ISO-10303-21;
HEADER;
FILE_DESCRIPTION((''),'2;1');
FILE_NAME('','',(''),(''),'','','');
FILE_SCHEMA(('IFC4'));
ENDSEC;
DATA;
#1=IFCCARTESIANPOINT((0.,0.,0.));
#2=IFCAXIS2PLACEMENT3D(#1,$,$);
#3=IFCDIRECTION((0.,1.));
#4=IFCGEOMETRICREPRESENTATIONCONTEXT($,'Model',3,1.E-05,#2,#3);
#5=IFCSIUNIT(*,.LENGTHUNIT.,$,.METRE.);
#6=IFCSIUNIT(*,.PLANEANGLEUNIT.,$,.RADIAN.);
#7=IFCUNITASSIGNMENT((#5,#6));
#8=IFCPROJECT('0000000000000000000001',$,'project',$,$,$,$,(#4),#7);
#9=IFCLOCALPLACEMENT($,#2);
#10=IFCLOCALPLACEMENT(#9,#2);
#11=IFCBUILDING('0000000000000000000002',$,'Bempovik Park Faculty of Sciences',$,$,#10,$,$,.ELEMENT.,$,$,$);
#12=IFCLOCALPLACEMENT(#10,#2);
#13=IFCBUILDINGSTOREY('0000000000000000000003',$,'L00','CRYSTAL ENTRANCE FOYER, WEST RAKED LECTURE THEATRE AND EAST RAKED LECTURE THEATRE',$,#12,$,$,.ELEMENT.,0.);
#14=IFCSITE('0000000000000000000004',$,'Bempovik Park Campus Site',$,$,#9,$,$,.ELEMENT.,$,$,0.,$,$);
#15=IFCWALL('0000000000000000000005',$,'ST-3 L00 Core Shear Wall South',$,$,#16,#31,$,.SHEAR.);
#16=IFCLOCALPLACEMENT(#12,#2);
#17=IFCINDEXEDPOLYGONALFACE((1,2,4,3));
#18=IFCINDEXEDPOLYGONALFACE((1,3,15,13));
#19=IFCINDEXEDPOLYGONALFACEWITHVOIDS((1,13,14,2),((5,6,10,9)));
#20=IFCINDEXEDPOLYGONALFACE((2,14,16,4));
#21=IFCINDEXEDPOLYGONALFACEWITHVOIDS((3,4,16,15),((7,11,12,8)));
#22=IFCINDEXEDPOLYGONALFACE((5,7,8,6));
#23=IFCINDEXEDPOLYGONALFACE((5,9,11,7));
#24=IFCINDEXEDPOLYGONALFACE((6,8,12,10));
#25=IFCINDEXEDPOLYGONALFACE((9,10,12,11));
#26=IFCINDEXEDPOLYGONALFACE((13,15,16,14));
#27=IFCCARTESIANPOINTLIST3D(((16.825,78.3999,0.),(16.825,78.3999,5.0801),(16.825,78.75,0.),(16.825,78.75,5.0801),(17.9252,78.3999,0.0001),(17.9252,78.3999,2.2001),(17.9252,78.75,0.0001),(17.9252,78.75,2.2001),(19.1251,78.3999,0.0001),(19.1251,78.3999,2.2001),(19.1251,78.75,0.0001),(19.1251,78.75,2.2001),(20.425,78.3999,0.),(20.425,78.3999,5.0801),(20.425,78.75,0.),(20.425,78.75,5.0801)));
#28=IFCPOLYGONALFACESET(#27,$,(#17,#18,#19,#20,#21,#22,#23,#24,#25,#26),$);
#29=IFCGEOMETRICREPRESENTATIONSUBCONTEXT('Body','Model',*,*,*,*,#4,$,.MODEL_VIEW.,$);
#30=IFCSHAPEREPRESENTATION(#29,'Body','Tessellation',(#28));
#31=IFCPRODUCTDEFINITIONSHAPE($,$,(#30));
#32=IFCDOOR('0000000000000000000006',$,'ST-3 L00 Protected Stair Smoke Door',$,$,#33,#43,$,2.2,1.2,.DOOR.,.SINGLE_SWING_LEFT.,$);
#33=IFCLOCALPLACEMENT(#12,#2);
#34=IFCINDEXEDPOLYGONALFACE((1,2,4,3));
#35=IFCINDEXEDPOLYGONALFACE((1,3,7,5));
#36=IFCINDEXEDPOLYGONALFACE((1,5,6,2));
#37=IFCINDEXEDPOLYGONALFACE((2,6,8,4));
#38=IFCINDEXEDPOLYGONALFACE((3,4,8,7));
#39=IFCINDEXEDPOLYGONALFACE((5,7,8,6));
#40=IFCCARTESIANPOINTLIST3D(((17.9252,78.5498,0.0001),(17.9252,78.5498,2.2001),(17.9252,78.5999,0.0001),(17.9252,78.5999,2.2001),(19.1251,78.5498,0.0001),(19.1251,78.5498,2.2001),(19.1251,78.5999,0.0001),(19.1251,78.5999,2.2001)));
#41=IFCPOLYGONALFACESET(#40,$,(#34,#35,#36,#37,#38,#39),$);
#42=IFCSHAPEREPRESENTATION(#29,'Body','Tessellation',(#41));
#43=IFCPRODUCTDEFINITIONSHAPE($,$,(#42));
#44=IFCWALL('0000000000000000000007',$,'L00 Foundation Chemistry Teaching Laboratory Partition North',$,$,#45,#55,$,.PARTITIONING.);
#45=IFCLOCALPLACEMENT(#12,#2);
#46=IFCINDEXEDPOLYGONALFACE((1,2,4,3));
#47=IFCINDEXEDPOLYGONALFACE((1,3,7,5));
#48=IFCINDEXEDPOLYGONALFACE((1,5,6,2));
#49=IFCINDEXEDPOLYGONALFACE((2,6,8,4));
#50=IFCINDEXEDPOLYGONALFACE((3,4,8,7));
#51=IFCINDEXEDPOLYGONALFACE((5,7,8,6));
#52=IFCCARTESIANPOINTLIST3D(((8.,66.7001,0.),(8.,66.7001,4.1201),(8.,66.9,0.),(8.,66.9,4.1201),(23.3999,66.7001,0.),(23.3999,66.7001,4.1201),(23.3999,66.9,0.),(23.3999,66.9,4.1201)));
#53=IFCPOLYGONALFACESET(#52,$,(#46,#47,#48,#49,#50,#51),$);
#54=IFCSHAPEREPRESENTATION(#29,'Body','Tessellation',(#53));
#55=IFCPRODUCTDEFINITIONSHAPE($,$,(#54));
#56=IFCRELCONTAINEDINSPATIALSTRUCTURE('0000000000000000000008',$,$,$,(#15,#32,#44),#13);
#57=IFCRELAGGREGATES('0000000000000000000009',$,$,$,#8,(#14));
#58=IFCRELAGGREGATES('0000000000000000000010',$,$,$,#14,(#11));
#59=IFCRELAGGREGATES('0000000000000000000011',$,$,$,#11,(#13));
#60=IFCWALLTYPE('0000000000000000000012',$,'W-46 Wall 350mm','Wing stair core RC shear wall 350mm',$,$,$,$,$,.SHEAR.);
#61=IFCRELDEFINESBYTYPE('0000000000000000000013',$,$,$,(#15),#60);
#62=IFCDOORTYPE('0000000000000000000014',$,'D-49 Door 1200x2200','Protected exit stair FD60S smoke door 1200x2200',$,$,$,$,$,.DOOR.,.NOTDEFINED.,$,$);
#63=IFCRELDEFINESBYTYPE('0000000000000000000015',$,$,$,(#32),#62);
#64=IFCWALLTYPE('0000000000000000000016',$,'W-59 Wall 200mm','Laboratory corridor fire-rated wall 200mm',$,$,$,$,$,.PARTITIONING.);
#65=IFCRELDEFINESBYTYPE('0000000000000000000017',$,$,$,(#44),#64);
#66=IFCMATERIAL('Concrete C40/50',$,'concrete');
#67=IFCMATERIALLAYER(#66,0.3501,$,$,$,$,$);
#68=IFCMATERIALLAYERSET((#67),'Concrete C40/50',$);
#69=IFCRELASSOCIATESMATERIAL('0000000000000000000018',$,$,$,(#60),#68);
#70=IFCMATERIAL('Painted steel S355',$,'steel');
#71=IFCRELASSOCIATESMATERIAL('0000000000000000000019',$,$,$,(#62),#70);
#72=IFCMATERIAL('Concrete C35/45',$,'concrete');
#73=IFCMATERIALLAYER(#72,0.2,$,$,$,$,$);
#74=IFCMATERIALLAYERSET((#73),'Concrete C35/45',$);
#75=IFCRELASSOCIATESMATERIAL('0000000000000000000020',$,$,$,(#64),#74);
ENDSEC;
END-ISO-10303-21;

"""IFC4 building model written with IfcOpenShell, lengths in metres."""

from ifc_helpers import new_model, si_unit, direction, frame, frame_2d, origin, place, context, subcontext, project, spatial, rectangle, extrude, material, layer, layer_set, type_object, element, fill, save


model = new_model("IFC4")

# Units and contexts
model_context = context("Model", 3, precision=1e-05, world=origin(), true_north=direction((0.0, 1.0)))
body_context = subcontext(model_context, "Body", "Model", "MODEL_VIEW")
ifc_project = project(units=[si_unit("LENGTHUNIT", "METRE"), si_unit("PLANEANGLEUNIT", "RADIAN")], contexts=[model_context])

# Site, building, storey
site_placement = place(None, origin())
site = spatial("IfcSite", under=ifc_project, at=site_placement, Name="Bempovik Park Campus Site", CompositionType="ELEMENT", RefElevation=0.0)
building_placement = place(site_placement, origin())
building = spatial("IfcBuilding", under=site, at=building_placement, Name="Bempovik Park Faculty of Sciences", CompositionType="ELEMENT")
storey_placement = place(building_placement, origin())
storey = spatial("IfcBuildingStorey", under=building, at=storey_placement, Name="L00", Description="CRYSTAL ENTRANCE FOYER, WEST RAKED LECTURE THEATRE AND EAST RAKED LECTURE THEATRE", CompositionType="ELEMENT", Elevation=0.0)

# Shared definitions
ifc_material_1 = material(Name="Concrete C35/45", Category="concrete")

# Shared definitions
ifc_material_2 = material(Name="Concrete C40/50", Category="concrete")

# Wall, opening, door
ifc_material_3 = material(Name="Painted steel S355", Category="steel")
ifc_layer_1 = layer(ifc_material_2, 0.3501)
ifc_layer_set_1 = layer_set([ifc_layer_1], Name="Concrete C40/50")
wall_type_1 = type_object("IfcWallType", Name="W-46 Wall 350mm", Description="Wing stair core RC shear wall 350mm", PredefinedType="SHEAR", material=ifc_layer_set_1)
wall_1_placement = place(storey_placement, frame((16.825, 78.575, 0.0), z_axis=(0.0, 0.0, 1.0), x_axis=(1.0, 0.0, 0.0)))
wall_1 = element("IfcWall", 1, at=wall_1_placement, inside=storey, type_object=wall_type_1, Name="ST-3 L00 Core Shear Wall South", PredefinedType="SHEAR", context=body_context, shape_type="SweptSolid", body=[
    extrude(rectangle(XDim=3.6001, YDim=0.3501, at=frame_2d((1.8, 0.0))), origin(), (0.0, 0.0, 1.0), 5.0801),
])
opening_1_placement = place(wall_1_placement, frame((1.1001, 0.0, 0.0)))
opening_1 = element("IfcOpeningElement", 2, at=opening_1_placement, cuts=wall_1, PredefinedType="OPENING", context=body_context, shape_type="SweptSolid", body=[
    extrude(rectangle(XDim=1.2, YDim=2.2, at=frame_2d((0.6001, 1.1001))), frame((0.0, 0.1851, 0.0), z_axis=(0.0, -1.0, 0.0), x_axis=(1.0, 0.0, 0.0)), (0.0, 0.0, 1.0), 0.3701),
])
door_type_1 = type_object("IfcDoorType", Name="D-49 Door 1200x2200", Description="Protected exit stair FD60S smoke door 1200x2200", OperationType="NOTDEFINED", PredefinedType="DOOR", material=ifc_material_3)
door_1_placement = place(opening_1_placement, origin())
door_1 = element("IfcDoor", 3, at=door_1_placement, inside=storey, type_object=door_type_1, Name="ST-3 L00 Protected Stair Smoke Door", OperationType="SINGLE_SWING_LEFT", OverallHeight=2.2, OverallWidth=1.2, PredefinedType="DOOR", context=body_context, shape_type="SweptSolid", body=[
    extrude(rectangle(XDim=1.2, YDim=2.2, at=frame_2d((0.6001, 1.1001))), frame((0.0, 0.0249, 0.0), z_axis=(0.0, -1.0, 0.0), x_axis=(1.0, 0.0, 0.0)), (0.0, 0.0, 1.0), 0.05),
])
fill(opening_1, door_1)

# Wall
ifc_layer_2 = layer(ifc_material_1, 0.2)
ifc_layer_set_2 = layer_set([ifc_layer_2], Name="Concrete C35/45")
wall_type_2 = type_object("IfcWallType", Name="W-59 Wall 200mm", Description="Laboratory corridor fire-rated wall 200mm", PredefinedType="PARTITIONING", material=ifc_layer_set_2)
wall_2_placement = place(storey_placement, frame((8.0, 66.8, 0.0), z_axis=(0.0, 0.0, 1.0), x_axis=(1.0, 0.0, 0.0)))
element("IfcWall", 4, at=wall_2_placement, inside=storey, type_object=wall_type_2, Name="L00 Foundation Chemistry Teaching Laboratory Partition North", PredefinedType="PARTITIONING", context=body_context, shape_type="SweptSolid", body=[
    extrude(rectangle(XDim=15.3999, YDim=0.2, at=frame_2d((7.7, 0.0))), origin(), (0.0, 0.0, 1.0), 4.1201),
])

save(model, "model.ifc")
